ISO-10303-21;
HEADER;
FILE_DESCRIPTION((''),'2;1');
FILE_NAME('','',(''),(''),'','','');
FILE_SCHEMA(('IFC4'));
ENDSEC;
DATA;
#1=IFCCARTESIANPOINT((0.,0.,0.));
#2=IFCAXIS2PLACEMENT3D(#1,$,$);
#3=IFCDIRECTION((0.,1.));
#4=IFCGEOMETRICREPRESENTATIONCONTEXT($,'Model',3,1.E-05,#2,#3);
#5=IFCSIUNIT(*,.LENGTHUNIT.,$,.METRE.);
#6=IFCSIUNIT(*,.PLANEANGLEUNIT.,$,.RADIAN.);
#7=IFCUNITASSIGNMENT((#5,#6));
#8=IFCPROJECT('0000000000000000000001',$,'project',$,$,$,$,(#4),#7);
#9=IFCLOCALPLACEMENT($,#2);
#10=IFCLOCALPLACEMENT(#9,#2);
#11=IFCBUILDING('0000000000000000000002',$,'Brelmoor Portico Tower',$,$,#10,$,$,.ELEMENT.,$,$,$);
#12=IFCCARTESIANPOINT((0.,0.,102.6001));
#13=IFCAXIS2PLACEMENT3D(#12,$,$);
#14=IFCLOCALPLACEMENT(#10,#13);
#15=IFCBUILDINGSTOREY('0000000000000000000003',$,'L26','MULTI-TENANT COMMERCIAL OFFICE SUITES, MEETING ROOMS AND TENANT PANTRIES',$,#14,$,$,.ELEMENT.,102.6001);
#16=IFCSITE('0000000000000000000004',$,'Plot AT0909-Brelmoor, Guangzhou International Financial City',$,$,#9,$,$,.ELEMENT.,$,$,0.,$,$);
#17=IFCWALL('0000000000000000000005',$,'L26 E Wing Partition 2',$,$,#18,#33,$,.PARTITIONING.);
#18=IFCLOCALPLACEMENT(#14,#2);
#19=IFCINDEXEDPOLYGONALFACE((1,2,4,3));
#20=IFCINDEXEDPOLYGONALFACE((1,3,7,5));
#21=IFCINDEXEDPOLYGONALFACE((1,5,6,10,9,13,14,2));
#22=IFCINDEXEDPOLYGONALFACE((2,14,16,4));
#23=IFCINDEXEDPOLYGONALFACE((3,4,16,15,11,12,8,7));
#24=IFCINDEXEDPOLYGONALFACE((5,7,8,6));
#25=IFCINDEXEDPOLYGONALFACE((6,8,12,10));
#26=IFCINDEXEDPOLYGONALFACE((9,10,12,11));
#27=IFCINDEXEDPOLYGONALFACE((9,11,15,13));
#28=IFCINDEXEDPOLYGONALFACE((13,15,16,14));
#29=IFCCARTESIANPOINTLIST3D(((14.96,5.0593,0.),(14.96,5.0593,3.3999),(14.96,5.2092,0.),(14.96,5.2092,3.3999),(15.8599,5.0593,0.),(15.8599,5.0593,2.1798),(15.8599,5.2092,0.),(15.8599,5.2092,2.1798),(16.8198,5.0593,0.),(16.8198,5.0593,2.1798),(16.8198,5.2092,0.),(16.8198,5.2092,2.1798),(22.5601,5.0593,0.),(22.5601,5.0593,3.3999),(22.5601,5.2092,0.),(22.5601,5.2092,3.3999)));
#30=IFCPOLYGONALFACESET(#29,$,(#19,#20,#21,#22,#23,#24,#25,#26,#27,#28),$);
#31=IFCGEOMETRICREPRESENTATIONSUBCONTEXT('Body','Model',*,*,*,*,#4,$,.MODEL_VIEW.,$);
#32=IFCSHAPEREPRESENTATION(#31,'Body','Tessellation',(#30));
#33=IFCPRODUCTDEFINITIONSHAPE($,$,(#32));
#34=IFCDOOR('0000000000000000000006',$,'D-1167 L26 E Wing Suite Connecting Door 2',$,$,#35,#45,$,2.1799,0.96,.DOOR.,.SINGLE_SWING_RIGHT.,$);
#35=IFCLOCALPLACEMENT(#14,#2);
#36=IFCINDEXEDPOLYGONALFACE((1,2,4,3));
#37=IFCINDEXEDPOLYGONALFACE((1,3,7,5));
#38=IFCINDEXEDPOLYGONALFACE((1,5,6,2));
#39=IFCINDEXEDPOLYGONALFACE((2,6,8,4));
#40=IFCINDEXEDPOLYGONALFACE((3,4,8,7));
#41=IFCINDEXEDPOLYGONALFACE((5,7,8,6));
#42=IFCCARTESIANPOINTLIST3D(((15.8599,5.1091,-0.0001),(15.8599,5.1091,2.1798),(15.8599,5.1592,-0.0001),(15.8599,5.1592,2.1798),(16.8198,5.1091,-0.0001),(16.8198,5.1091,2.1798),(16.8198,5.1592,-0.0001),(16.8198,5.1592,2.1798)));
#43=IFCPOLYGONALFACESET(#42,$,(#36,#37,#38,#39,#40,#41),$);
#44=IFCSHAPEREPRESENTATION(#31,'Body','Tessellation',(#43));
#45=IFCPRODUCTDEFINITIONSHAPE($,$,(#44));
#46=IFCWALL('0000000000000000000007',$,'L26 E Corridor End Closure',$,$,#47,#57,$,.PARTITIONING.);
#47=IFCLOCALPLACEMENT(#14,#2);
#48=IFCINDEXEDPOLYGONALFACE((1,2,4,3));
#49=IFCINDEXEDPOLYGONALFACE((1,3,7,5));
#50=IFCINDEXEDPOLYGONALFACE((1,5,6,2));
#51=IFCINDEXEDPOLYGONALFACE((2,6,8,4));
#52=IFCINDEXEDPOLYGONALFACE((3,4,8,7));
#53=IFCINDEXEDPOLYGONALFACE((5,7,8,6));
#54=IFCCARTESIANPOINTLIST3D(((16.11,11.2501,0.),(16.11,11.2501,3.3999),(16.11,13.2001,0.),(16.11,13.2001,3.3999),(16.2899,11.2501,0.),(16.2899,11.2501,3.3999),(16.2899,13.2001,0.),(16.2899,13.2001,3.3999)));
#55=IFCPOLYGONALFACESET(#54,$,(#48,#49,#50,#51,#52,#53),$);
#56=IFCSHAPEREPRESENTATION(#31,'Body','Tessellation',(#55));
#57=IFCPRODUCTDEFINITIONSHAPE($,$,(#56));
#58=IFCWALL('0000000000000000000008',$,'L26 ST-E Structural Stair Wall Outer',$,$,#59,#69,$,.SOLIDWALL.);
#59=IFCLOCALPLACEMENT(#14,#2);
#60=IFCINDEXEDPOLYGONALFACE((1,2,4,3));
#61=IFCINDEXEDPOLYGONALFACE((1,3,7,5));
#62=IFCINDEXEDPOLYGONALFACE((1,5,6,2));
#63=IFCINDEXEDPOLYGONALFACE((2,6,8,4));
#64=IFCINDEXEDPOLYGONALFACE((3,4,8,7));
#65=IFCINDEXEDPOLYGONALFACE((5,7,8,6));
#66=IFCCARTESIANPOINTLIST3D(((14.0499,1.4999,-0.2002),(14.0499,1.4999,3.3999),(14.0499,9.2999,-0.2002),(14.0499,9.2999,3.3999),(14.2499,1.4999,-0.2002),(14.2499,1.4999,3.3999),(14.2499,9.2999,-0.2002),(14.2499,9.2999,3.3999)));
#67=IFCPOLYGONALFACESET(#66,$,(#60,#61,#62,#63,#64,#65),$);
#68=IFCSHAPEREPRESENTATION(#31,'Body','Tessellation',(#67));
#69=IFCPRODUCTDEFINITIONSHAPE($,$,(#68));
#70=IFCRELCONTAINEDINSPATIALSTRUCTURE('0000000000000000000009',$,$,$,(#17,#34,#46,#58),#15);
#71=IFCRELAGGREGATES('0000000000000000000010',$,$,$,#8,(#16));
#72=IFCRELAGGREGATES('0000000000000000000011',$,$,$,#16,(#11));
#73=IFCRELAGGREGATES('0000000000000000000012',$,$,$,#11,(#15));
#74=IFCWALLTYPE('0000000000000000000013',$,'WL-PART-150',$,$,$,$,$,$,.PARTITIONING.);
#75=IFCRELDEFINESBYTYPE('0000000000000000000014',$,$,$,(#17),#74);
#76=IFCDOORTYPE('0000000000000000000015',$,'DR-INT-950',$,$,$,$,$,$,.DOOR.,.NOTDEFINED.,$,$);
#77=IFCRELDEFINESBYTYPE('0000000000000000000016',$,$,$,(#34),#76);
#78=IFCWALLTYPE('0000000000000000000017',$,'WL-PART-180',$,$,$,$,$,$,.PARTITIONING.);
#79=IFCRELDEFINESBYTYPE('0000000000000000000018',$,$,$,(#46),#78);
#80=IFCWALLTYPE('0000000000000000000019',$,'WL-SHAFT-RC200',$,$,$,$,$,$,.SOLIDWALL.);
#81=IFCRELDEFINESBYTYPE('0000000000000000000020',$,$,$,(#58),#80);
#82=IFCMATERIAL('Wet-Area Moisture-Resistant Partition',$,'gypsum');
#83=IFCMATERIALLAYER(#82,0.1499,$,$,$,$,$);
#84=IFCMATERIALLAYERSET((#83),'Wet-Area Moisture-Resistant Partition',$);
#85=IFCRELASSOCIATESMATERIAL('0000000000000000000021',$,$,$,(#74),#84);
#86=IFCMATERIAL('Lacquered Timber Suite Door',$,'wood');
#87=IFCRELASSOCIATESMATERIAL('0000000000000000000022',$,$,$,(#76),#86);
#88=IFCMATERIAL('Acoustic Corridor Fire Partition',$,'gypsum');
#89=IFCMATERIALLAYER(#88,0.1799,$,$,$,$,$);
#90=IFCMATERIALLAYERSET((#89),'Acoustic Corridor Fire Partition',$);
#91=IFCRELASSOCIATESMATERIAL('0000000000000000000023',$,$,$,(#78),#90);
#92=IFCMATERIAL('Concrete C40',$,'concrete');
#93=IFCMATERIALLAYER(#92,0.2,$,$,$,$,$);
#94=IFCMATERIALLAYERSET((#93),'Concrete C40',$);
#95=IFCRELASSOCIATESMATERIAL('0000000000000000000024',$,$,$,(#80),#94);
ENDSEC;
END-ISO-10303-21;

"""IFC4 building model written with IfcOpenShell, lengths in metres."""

from ifc_helpers import new_model, si_unit, direction, frame, frame_2d, origin, place, context, subcontext, project, spatial, rectangle, extrude, material, layer, layer_set, type_object, element, fill, save


model = new_model("IFC4")

# Units and contexts
model_context = context("Model", 3, precision=1e-05, world=origin(), true_north=direction((0.0, 1.0)))
body_context = subcontext(model_context, "Body", "Model", "MODEL_VIEW")
ifc_project = project(units=[si_unit("LENGTHUNIT", "METRE"), si_unit("PLANEANGLEUNIT", "RADIAN")], contexts=[model_context])

# Site, building, storey
site_placement = place(None, origin())
site = spatial("IfcSite", under=ifc_project, at=site_placement, Name="Plot AT0909-Brelmoor, Guangzhou International Financial City", CompositionType="ELEMENT", RefElevation=0.0)
building_placement = place(site_placement, origin())
building = spatial("IfcBuilding", under=site, at=building_placement, Name="Brelmoor Portico Tower", CompositionType="ELEMENT")
storey_placement = place(building_placement, frame((0.0, 0.0, 102.6001)))
storey = spatial("IfcBuildingStorey", under=building, at=storey_placement, Name="L26", Description="MULTI-TENANT COMMERCIAL OFFICE SUITES, MEETING ROOMS AND TENANT PANTRIES", CompositionType="ELEMENT", Elevation=102.6001)

# Wall, opening, door
ifc_material_1 = material(Name="Wet-Area Moisture-Resistant Partition", Category="gypsum")
ifc_layer_1 = layer(ifc_material_1, 0.1499)
ifc_layer_set_1 = layer_set([ifc_layer_1], Name="Wet-Area Moisture-Resistant Partition")
wall_type_1 = type_object("IfcWallType", Name="WL-PART-150", PredefinedType="PARTITIONING", material=ifc_layer_set_1)
wall_1_placement = place(storey_placement, frame((14.96, 5.1343, 0.0), z_axis=(0.0, 0.0, 1.0), x_axis=(1.0, 0.0, 0.0)))
wall_1 = element("IfcWall", 1, at=wall_1_placement, inside=storey, type_object=wall_type_1, Name="L26 E Wing Partition 2", PredefinedType="PARTITIONING", context=body_context, shape_type="SweptSolid", body=[
    extrude(rectangle(XDim=7.6001, YDim=0.1499, at=frame_2d((3.8, 0.0))), origin(), (0.0, 0.0, 1.0), 3.3999),
])
opening_1_placement = place(wall_1_placement, frame((0.8999, 0.0, 0.0)))
opening_1 = element("IfcOpeningElement", 2, at=opening_1_placement, cuts=wall_1, PredefinedType="OPENING", context=body_context, shape_type="SweptSolid", body=[
    extrude(rectangle(XDim=0.96, YDim=2.1799, at=frame_2d((0.48, 1.0898))), frame((0.0, 0.085, 0.0), z_axis=(0.0, -1.0, 0.0), x_axis=(1.0, 0.0, 0.0)), (0.0, 0.0, 1.0), 0.1699),
])
ifc_material_2 = material(Name="Lacquered Timber Suite Door", Category="wood")
door_type_1 = type_object("IfcDoorType", Name="DR-INT-950", OperationType="NOTDEFINED", PredefinedType="DOOR", material=ifc_material_2)
door_1_placement = place(opening_1_placement, origin())
door_1 = element("IfcDoor", 3, at=door_1_placement, inside=storey, type_object=door_type_1, Name="D-1167 L26 E Wing Suite Connecting Door 2", OperationType="SINGLE_SWING_RIGHT", OverallHeight=2.1799, OverallWidth=0.96, PredefinedType="DOOR", context=body_context, shape_type="SweptSolid", body=[
    extrude(rectangle(XDim=0.96, YDim=2.1799, at=frame_2d((0.48, 1.0898))), frame((0.0, 0.0249, 0.0), z_axis=(0.0, -1.0, 0.0), x_axis=(1.0, 0.0, 0.0)), (0.0, 0.0, 1.0), 0.05),
])
fill(opening_1, door_1)
ifc_material_3 = material(Name="Acoustic Corridor Fire Partition", Category="gypsum")
ifc_layer_2 = layer(ifc_material_3, 0.1799)
ifc_layer_set_2 = layer_set([ifc_layer_2], Name="Acoustic Corridor Fire Partition")
wall_type_2 = type_object("IfcWallType", Name="WL-PART-180", PredefinedType="PARTITIONING", material=ifc_layer_set_2)

# Walls
wall_2_placement = place(storey_placement, frame((16.2, 11.25, 0.0), z_axis=(0.0, 0.0, 1.0), x_axis=(0.0, 1.0, 0.0)))
element("IfcWall", 4, at=wall_2_placement, inside=storey, type_object=wall_type_2, Name="L26 E Corridor End Closure", PredefinedType="PARTITIONING", context=body_context, shape_type="SweptSolid", body=[
    extrude(rectangle(XDim=1.95, YDim=0.1799, at=frame_2d((0.9751, 0.0))), origin(), (0.0, 0.0, 1.0), 3.3999),
])
ifc_material_4 = material(Name="Concrete C40", Category="concrete")
ifc_layer_3 = layer(ifc_material_4, 0.2)
ifc_layer_set_3 = layer_set([ifc_layer_3], Name="Concrete C40")
wall_type_3 = type_object("IfcWallType", Name="WL-SHAFT-RC200", PredefinedType="SOLIDWALL", material=ifc_layer_set_3)
wall_3_placement = place(storey_placement, frame((14.1499, 1.5, -0.2002), z_axis=(0.0, 0.0, 1.0), x_axis=(0.0, 1.0, 0.0)))
element("IfcWall", 5, at=wall_3_placement, inside=storey, type_object=wall_type_3, Name="L26 ST-E Structural Stair Wall Outer", PredefinedType="SOLIDWALL", context=body_context, shape_type="SweptSolid", body=[
    extrude(rectangle(XDim=7.8, YDim=0.2, at=frame_2d((3.8999, 0.0))), origin(), (0.0, 0.0, 1.0), 3.6001),
])

save(model, "model.ifc")
